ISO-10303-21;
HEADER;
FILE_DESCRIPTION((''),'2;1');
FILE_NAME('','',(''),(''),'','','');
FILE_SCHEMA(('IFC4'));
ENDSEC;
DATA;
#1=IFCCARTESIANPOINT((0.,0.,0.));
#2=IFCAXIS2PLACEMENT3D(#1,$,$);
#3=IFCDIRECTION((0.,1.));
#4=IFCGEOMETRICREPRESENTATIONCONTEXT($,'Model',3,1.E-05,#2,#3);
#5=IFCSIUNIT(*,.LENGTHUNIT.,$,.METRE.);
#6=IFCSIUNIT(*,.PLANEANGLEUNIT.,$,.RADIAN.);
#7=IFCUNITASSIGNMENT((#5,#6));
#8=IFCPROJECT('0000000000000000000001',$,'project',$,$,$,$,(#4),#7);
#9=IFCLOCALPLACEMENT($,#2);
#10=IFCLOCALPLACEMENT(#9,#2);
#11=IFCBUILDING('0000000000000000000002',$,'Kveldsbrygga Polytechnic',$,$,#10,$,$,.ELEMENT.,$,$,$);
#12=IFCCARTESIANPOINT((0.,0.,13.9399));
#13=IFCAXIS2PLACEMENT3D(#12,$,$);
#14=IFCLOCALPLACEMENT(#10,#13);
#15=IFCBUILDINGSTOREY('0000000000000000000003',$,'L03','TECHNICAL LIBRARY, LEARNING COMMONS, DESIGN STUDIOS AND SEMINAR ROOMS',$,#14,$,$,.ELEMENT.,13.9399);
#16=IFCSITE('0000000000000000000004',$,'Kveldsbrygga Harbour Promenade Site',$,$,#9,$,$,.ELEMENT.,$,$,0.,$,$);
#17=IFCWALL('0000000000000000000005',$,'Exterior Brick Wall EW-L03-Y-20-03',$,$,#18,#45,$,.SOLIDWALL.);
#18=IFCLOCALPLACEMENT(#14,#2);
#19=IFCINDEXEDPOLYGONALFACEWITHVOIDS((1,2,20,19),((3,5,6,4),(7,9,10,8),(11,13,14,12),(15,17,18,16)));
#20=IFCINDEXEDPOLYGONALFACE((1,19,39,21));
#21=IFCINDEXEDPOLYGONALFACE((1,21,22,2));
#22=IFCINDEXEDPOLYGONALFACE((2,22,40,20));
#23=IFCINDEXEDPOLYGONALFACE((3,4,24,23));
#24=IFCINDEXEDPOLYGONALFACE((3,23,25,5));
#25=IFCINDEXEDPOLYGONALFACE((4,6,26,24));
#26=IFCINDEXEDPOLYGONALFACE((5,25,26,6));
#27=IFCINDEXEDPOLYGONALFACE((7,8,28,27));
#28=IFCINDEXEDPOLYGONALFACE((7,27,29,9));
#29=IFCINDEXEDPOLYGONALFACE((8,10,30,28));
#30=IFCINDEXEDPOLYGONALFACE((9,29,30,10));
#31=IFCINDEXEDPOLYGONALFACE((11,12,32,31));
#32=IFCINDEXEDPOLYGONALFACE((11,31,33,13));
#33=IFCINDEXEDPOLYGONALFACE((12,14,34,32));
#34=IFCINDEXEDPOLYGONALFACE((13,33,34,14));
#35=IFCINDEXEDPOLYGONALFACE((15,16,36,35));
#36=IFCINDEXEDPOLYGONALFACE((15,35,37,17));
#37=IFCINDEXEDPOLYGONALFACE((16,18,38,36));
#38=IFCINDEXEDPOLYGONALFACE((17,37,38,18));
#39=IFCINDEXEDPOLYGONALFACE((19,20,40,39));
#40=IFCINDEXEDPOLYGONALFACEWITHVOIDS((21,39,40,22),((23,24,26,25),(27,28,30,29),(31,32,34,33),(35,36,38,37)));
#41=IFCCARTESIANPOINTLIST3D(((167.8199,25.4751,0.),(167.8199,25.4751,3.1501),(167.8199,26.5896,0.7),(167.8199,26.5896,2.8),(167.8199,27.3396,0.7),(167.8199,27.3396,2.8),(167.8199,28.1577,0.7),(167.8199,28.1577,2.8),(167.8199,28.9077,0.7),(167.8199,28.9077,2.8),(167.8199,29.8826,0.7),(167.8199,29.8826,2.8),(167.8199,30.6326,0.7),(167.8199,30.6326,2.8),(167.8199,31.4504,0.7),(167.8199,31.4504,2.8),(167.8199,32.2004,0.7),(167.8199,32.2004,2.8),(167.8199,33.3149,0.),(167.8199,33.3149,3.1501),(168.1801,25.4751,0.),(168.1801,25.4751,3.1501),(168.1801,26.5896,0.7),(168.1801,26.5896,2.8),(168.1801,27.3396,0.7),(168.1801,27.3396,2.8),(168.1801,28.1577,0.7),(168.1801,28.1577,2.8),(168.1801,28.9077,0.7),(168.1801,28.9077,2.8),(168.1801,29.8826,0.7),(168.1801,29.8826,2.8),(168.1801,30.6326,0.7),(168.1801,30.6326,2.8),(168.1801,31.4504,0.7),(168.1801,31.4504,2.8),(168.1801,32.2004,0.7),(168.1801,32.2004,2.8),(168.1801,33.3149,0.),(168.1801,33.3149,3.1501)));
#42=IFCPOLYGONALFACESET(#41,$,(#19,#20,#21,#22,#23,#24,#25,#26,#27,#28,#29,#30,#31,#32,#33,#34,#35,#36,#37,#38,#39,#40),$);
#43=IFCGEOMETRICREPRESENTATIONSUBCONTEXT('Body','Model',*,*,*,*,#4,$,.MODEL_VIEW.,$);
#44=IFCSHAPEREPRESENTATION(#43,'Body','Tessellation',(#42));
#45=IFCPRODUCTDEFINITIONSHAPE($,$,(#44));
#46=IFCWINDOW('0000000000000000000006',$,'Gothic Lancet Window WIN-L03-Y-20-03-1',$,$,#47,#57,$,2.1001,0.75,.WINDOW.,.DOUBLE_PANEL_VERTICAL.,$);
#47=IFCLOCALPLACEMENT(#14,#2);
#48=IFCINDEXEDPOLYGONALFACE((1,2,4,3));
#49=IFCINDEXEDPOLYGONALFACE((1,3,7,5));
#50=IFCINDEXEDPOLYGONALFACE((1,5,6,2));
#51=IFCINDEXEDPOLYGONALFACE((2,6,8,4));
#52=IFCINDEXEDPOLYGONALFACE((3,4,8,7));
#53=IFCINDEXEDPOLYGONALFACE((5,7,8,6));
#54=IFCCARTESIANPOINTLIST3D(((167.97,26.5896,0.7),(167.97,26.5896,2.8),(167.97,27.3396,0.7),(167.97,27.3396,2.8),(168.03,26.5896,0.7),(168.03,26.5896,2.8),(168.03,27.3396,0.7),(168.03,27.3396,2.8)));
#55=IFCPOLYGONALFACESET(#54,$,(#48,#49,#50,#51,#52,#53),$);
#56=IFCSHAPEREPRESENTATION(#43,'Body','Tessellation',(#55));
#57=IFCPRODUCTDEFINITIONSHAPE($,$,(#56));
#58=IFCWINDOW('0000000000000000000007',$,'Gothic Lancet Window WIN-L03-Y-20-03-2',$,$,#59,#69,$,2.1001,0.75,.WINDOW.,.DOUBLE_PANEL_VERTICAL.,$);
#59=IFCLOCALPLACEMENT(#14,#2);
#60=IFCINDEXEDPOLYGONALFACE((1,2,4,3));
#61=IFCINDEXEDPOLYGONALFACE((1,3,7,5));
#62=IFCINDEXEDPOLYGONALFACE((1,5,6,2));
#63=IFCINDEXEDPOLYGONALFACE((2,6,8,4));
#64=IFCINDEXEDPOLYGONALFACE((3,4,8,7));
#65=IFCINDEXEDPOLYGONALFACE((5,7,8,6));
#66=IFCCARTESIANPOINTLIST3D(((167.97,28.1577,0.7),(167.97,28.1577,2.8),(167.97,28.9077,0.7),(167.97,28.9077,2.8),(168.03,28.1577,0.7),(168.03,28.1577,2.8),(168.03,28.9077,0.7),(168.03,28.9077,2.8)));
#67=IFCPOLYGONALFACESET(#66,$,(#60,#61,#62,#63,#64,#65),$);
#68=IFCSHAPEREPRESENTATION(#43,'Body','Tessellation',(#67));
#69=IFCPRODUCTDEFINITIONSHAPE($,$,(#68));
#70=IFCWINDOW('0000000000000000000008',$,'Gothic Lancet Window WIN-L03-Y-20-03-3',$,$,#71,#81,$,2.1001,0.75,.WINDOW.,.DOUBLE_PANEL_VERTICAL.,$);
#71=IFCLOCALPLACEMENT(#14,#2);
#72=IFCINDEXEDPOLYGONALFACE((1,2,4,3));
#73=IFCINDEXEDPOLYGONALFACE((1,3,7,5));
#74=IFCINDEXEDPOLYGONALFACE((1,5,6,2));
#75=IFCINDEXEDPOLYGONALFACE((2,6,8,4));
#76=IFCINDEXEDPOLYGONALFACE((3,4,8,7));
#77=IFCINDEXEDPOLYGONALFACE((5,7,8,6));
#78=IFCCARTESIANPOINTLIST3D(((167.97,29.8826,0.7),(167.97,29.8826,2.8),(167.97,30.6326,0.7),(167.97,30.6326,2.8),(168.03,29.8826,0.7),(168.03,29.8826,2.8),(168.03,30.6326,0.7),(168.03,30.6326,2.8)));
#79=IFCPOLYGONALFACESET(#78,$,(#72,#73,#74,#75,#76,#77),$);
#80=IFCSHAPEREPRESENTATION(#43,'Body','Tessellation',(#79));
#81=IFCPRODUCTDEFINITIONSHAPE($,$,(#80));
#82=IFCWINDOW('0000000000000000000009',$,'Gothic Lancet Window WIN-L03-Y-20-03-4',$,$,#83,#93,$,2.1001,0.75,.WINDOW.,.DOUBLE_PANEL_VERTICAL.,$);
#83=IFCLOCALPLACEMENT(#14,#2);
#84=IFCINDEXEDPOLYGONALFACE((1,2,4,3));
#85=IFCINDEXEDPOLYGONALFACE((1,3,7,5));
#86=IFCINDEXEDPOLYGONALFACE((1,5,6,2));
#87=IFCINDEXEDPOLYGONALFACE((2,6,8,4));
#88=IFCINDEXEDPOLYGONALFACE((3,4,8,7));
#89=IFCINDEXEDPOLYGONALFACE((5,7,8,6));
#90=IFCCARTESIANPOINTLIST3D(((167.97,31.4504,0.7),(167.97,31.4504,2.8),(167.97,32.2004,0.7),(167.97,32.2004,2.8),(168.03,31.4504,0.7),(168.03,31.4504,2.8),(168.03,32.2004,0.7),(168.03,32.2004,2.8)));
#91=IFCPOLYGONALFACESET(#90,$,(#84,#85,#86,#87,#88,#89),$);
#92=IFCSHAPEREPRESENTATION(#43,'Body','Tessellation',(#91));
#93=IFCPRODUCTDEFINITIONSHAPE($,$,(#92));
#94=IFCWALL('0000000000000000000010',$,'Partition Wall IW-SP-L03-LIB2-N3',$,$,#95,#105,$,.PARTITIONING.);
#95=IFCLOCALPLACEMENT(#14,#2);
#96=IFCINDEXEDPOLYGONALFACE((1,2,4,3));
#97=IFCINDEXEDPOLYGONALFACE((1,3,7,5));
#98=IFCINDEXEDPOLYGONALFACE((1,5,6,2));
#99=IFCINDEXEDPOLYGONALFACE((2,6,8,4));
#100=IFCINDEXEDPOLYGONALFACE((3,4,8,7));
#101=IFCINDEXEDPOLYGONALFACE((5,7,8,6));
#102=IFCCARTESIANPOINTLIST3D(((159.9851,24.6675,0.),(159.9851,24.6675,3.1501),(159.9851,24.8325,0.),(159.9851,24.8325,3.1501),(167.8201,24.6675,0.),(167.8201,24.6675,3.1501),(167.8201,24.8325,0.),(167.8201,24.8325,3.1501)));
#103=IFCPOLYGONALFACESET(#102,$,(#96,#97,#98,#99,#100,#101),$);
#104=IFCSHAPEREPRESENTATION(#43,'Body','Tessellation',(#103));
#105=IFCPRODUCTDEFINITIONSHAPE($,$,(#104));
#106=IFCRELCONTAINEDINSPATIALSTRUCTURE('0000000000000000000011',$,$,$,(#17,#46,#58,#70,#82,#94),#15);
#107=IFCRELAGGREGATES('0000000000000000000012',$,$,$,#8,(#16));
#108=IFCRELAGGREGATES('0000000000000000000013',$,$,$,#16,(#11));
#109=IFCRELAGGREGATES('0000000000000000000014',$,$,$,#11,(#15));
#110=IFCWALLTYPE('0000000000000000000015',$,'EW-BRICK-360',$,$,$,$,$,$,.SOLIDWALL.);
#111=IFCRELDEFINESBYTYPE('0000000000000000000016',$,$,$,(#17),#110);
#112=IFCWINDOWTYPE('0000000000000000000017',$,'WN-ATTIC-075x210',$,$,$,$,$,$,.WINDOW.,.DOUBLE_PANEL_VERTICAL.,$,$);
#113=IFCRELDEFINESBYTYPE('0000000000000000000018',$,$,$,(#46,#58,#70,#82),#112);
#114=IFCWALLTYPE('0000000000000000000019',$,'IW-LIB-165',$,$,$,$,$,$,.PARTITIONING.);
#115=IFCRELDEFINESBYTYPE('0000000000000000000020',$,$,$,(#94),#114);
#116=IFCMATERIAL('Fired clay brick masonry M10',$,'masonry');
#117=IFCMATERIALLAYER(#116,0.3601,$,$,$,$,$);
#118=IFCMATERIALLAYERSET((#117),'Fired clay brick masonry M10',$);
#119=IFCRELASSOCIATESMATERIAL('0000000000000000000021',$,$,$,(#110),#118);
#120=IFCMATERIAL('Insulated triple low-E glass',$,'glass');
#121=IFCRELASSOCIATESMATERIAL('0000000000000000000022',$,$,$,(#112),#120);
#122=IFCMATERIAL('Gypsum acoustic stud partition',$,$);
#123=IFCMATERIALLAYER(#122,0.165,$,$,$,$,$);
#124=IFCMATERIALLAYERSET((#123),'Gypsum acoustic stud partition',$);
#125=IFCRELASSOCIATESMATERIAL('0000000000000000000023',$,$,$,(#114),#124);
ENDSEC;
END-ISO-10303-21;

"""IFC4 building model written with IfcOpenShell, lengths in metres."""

from ifc_helpers import new_model, si_unit, direction, frame, frame_2d, origin, place, context, subcontext, project, spatial, rectangle, extrude, material, layer, layer_set, type_object, element, fill, save


model = new_model("IFC4")

# Units and contexts
model_context = context("Model", 3, precision=1e-05, world=origin(), true_north=direction((0.0, 1.0)))
body_context = subcontext(model_context, "Body", "Model", "MODEL_VIEW")
ifc_project = project(units=[si_unit("LENGTHUNIT", "METRE"), si_unit("PLANEANGLEUNIT", "RADIAN")], contexts=[model_context])

# Site, building, storey
site_placement = place(None, origin())
site = spatial("IfcSite", under=ifc_project, at=site_placement, Name="Kveldsbrygga Harbour Promenade Site", CompositionType="ELEMENT", RefElevation=0.0)
building_placement = place(site_placement, origin())
building = spatial("IfcBuilding", under=site, at=building_placement, Name="Kveldsbrygga Polytechnic", CompositionType="ELEMENT")
storey_placement = place(building_placement, frame((0.0, 0.0, 13.9399)))
storey = spatial("IfcBuildingStorey", under=building, at=storey_placement, Name="L03", Description="TECHNICAL LIBRARY, LEARNING COMMONS, DESIGN STUDIOS AND SEMINAR ROOMS", CompositionType="ELEMENT", Elevation=13.9399)

# Wall, openings, windows
ifc_material_1 = material(Name="Fired clay brick masonry M10", Category="masonry")
ifc_layer_1 = layer(ifc_material_1, 0.3601)
ifc_layer_set_1 = layer_set([ifc_layer_1], Name="Fired clay brick masonry M10")
wall_type_1 = type_object("IfcWallType", Name="EW-BRICK-360", PredefinedType="SOLIDWALL", material=ifc_layer_set_1)
ifc_material_2 = material(Name="Insulated triple low-E glass", Category="glass")
window_type = type_object("IfcWindowType", Name="WN-ATTIC-075x210", PartitioningType="DOUBLE_PANEL_VERTICAL", PredefinedType="WINDOW", material=ifc_material_2)
wall_1_placement = place(storey_placement, frame((168.0, 25.4751, 0.0), z_axis=(0.0, 0.0, 1.0), x_axis=(0.0, 1.0, 0.0)))
wall_1 = element("IfcWall", 1, at=wall_1_placement, inside=storey, type_object=wall_type_1, Name="Exterior Brick Wall EW-L03-Y-20-03", PredefinedType="SOLIDWALL", context=body_context, shape_type="SweptSolid", body=[
    extrude(rectangle(XDim=7.8398, YDim=0.3601, at=frame_2d((3.9199, 0.0))), origin(), (0.0, 0.0, 1.0), 3.1501),
])
opening_1_placement = place(wall_1_placement, frame((1.1145, 0.0, 0.7)))
opening_1 = element("IfcOpeningElement", 2, at=opening_1_placement, cuts=wall_1, PredefinedType="OPENING", context=body_context, shape_type="SweptSolid", body=[
    extrude(rectangle(XDim=0.75, YDim=2.1001, at=frame_2d((0.375, 1.05))), frame((0.0, 0.1899, 0.0), z_axis=(0.0, -1.0, 0.0), x_axis=(1.0, 0.0, 0.0)), (0.0, 0.0, 1.0), 0.3801),
])
opening_2_placement = place(wall_1_placement, frame((2.6826, 0.0, 0.7)))
opening_2 = element("IfcOpeningElement", 3, at=opening_2_placement, cuts=wall_1, PredefinedType="OPENING", context=body_context, shape_type="SweptSolid", body=[
    extrude(rectangle(XDim=0.75, YDim=2.1001, at=frame_2d((0.375, 1.05))), frame((0.0, 0.1899, 0.0), z_axis=(0.0, -1.0, 0.0), x_axis=(1.0, 0.0, 0.0)), (0.0, 0.0, 1.0), 0.3801),
])
opening_3_placement = place(wall_1_placement, frame((4.4075, 0.0, 0.7)))
opening_3 = element("IfcOpeningElement", 4, at=opening_3_placement, cuts=wall_1, PredefinedType="OPENING", context=body_context, shape_type="SweptSolid", body=[
    extrude(rectangle(XDim=0.75, YDim=2.1001, at=frame_2d((0.375, 1.05))), frame((0.0, 0.1899, 0.0), z_axis=(0.0, -1.0, 0.0), x_axis=(1.0, 0.0, 0.0)), (0.0, 0.0, 1.0), 0.3801),
])
opening_4_placement = place(wall_1_placement, frame((5.9753, 0.0, 0.7)))
opening_4 = element("IfcOpeningElement", 5, at=opening_4_placement, cuts=wall_1, PredefinedType="OPENING", context=body_context, shape_type="SweptSolid", body=[
    extrude(rectangle(XDim=0.75, YDim=2.1001, at=frame_2d((0.375, 1.05))), frame((0.0, 0.1899, 0.0), z_axis=(0.0, -1.0, 0.0), x_axis=(1.0, 0.0, 0.0)), (0.0, 0.0, 1.0), 0.3801),
])
window_1_placement = place(opening_1_placement, origin())
window_1 = element("IfcWindow", 6, at=window_1_placement, inside=storey, type_object=window_type, Name="Gothic Lancet Window WIN-L03-Y-20-03-1", OverallHeight=2.1001, OverallWidth=0.75, PartitioningType="DOUBLE_PANEL_VERTICAL", PredefinedType="WINDOW", context=body_context, shape_type="SweptSolid", body=[
    extrude(rectangle(XDim=0.75, YDim=2.1001, at=frame_2d((0.375, 1.05))), frame((0.0, 0.03, 0.0), z_axis=(0.0, -1.0, 0.0), x_axis=(1.0, 0.0, 0.0)), (0.0, 0.0, 1.0), 0.0601),
])
fill(opening_1, window_1)
window_2_placement = place(opening_2_placement, origin())
window_2 = element("IfcWindow", 7, at=window_2_placement, inside=storey, type_object=window_type, Name="Gothic Lancet Window WIN-L03-Y-20-03-2", OverallHeight=2.1001, OverallWidth=0.75, PartitioningType="DOUBLE_PANEL_VERTICAL", PredefinedType="WINDOW", context=body_context, shape_type="SweptSolid", body=[
    extrude(rectangle(XDim=0.75, YDim=2.1001, at=frame_2d((0.375, 1.05))), frame((0.0, 0.03, 0.0), z_axis=(0.0, -1.0, 0.0), x_axis=(1.0, 0.0, 0.0)), (0.0, 0.0, 1.0), 0.0601),
])
fill(opening_2, window_2)
window_3_placement = place(opening_3_placement, origin())
window_3 = element("IfcWindow", 8, at=window_3_placement, inside=storey, type_object=window_type, Name="Gothic Lancet Window WIN-L03-Y-20-03-3", OverallHeight=2.1001, OverallWidth=0.75, PartitioningType="DOUBLE_PANEL_VERTICAL", PredefinedType="WINDOW", context=body_context, shape_type="SweptSolid", body=[
    extrude(rectangle(XDim=0.75, YDim=2.1001, at=frame_2d((0.375, 1.05))), frame((0.0, 0.03, 0.0), z_axis=(0.0, -1.0, 0.0), x_axis=(1.0, 0.0, 0.0)), (0.0, 0.0, 1.0), 0.0601),
])
fill(opening_3, window_3)
window_4_placement = place(opening_4_placement, origin())
window_4 = element("IfcWindow", 9, at=window_4_placement, inside=storey, type_object=window_type, Name="Gothic Lancet Window WIN-L03-Y-20-03-4", OverallHeight=2.1001, OverallWidth=0.75, PartitioningType="DOUBLE_PANEL_VERTICAL", PredefinedType="WINDOW", context=body_context, shape_type="SweptSolid", body=[
    extrude(rectangle(XDim=0.75, YDim=2.1001, at=frame_2d((0.375, 1.05))), frame((0.0, 0.03, 0.0), z_axis=(0.0, -1.0, 0.0), x_axis=(1.0, 0.0, 0.0)), (0.0, 0.0, 1.0), 0.0601),
])
fill(opening_4, window_4)

# Wall
ifc_material_3 = material(Name="Gypsum acoustic stud partition")
ifc_layer_2 = layer(ifc_material_3, 0.165)
ifc_layer_set_2 = layer_set([ifc_layer_2], Name="Gypsum acoustic stud partition")
wall_type_2 = type_object("IfcWallType", Name="IW-LIB-165", PredefinedType="PARTITIONING", material=ifc_layer_set_2)
wall_2_placement = place(storey_placement, frame((159.9851, 24.75, 0.0), z_axis=(0.0, 0.0, 1.0), x_axis=(1.0, 0.0, 0.0)))
element("IfcWall", 10, at=wall_2_placement, inside=storey, type_object=wall_type_2, Name="Partition Wall IW-SP-L03-LIB2-N3", PredefinedType="PARTITIONING", context=body_context, shape_type="SweptSolid", body=[
    extrude(rectangle(XDim=7.835, YDim=0.165, at=frame_2d((3.9175, 0.0))), origin(), (0.0, 0.0, 1.0), 3.1501),
])

save(model, "model.ifc")
